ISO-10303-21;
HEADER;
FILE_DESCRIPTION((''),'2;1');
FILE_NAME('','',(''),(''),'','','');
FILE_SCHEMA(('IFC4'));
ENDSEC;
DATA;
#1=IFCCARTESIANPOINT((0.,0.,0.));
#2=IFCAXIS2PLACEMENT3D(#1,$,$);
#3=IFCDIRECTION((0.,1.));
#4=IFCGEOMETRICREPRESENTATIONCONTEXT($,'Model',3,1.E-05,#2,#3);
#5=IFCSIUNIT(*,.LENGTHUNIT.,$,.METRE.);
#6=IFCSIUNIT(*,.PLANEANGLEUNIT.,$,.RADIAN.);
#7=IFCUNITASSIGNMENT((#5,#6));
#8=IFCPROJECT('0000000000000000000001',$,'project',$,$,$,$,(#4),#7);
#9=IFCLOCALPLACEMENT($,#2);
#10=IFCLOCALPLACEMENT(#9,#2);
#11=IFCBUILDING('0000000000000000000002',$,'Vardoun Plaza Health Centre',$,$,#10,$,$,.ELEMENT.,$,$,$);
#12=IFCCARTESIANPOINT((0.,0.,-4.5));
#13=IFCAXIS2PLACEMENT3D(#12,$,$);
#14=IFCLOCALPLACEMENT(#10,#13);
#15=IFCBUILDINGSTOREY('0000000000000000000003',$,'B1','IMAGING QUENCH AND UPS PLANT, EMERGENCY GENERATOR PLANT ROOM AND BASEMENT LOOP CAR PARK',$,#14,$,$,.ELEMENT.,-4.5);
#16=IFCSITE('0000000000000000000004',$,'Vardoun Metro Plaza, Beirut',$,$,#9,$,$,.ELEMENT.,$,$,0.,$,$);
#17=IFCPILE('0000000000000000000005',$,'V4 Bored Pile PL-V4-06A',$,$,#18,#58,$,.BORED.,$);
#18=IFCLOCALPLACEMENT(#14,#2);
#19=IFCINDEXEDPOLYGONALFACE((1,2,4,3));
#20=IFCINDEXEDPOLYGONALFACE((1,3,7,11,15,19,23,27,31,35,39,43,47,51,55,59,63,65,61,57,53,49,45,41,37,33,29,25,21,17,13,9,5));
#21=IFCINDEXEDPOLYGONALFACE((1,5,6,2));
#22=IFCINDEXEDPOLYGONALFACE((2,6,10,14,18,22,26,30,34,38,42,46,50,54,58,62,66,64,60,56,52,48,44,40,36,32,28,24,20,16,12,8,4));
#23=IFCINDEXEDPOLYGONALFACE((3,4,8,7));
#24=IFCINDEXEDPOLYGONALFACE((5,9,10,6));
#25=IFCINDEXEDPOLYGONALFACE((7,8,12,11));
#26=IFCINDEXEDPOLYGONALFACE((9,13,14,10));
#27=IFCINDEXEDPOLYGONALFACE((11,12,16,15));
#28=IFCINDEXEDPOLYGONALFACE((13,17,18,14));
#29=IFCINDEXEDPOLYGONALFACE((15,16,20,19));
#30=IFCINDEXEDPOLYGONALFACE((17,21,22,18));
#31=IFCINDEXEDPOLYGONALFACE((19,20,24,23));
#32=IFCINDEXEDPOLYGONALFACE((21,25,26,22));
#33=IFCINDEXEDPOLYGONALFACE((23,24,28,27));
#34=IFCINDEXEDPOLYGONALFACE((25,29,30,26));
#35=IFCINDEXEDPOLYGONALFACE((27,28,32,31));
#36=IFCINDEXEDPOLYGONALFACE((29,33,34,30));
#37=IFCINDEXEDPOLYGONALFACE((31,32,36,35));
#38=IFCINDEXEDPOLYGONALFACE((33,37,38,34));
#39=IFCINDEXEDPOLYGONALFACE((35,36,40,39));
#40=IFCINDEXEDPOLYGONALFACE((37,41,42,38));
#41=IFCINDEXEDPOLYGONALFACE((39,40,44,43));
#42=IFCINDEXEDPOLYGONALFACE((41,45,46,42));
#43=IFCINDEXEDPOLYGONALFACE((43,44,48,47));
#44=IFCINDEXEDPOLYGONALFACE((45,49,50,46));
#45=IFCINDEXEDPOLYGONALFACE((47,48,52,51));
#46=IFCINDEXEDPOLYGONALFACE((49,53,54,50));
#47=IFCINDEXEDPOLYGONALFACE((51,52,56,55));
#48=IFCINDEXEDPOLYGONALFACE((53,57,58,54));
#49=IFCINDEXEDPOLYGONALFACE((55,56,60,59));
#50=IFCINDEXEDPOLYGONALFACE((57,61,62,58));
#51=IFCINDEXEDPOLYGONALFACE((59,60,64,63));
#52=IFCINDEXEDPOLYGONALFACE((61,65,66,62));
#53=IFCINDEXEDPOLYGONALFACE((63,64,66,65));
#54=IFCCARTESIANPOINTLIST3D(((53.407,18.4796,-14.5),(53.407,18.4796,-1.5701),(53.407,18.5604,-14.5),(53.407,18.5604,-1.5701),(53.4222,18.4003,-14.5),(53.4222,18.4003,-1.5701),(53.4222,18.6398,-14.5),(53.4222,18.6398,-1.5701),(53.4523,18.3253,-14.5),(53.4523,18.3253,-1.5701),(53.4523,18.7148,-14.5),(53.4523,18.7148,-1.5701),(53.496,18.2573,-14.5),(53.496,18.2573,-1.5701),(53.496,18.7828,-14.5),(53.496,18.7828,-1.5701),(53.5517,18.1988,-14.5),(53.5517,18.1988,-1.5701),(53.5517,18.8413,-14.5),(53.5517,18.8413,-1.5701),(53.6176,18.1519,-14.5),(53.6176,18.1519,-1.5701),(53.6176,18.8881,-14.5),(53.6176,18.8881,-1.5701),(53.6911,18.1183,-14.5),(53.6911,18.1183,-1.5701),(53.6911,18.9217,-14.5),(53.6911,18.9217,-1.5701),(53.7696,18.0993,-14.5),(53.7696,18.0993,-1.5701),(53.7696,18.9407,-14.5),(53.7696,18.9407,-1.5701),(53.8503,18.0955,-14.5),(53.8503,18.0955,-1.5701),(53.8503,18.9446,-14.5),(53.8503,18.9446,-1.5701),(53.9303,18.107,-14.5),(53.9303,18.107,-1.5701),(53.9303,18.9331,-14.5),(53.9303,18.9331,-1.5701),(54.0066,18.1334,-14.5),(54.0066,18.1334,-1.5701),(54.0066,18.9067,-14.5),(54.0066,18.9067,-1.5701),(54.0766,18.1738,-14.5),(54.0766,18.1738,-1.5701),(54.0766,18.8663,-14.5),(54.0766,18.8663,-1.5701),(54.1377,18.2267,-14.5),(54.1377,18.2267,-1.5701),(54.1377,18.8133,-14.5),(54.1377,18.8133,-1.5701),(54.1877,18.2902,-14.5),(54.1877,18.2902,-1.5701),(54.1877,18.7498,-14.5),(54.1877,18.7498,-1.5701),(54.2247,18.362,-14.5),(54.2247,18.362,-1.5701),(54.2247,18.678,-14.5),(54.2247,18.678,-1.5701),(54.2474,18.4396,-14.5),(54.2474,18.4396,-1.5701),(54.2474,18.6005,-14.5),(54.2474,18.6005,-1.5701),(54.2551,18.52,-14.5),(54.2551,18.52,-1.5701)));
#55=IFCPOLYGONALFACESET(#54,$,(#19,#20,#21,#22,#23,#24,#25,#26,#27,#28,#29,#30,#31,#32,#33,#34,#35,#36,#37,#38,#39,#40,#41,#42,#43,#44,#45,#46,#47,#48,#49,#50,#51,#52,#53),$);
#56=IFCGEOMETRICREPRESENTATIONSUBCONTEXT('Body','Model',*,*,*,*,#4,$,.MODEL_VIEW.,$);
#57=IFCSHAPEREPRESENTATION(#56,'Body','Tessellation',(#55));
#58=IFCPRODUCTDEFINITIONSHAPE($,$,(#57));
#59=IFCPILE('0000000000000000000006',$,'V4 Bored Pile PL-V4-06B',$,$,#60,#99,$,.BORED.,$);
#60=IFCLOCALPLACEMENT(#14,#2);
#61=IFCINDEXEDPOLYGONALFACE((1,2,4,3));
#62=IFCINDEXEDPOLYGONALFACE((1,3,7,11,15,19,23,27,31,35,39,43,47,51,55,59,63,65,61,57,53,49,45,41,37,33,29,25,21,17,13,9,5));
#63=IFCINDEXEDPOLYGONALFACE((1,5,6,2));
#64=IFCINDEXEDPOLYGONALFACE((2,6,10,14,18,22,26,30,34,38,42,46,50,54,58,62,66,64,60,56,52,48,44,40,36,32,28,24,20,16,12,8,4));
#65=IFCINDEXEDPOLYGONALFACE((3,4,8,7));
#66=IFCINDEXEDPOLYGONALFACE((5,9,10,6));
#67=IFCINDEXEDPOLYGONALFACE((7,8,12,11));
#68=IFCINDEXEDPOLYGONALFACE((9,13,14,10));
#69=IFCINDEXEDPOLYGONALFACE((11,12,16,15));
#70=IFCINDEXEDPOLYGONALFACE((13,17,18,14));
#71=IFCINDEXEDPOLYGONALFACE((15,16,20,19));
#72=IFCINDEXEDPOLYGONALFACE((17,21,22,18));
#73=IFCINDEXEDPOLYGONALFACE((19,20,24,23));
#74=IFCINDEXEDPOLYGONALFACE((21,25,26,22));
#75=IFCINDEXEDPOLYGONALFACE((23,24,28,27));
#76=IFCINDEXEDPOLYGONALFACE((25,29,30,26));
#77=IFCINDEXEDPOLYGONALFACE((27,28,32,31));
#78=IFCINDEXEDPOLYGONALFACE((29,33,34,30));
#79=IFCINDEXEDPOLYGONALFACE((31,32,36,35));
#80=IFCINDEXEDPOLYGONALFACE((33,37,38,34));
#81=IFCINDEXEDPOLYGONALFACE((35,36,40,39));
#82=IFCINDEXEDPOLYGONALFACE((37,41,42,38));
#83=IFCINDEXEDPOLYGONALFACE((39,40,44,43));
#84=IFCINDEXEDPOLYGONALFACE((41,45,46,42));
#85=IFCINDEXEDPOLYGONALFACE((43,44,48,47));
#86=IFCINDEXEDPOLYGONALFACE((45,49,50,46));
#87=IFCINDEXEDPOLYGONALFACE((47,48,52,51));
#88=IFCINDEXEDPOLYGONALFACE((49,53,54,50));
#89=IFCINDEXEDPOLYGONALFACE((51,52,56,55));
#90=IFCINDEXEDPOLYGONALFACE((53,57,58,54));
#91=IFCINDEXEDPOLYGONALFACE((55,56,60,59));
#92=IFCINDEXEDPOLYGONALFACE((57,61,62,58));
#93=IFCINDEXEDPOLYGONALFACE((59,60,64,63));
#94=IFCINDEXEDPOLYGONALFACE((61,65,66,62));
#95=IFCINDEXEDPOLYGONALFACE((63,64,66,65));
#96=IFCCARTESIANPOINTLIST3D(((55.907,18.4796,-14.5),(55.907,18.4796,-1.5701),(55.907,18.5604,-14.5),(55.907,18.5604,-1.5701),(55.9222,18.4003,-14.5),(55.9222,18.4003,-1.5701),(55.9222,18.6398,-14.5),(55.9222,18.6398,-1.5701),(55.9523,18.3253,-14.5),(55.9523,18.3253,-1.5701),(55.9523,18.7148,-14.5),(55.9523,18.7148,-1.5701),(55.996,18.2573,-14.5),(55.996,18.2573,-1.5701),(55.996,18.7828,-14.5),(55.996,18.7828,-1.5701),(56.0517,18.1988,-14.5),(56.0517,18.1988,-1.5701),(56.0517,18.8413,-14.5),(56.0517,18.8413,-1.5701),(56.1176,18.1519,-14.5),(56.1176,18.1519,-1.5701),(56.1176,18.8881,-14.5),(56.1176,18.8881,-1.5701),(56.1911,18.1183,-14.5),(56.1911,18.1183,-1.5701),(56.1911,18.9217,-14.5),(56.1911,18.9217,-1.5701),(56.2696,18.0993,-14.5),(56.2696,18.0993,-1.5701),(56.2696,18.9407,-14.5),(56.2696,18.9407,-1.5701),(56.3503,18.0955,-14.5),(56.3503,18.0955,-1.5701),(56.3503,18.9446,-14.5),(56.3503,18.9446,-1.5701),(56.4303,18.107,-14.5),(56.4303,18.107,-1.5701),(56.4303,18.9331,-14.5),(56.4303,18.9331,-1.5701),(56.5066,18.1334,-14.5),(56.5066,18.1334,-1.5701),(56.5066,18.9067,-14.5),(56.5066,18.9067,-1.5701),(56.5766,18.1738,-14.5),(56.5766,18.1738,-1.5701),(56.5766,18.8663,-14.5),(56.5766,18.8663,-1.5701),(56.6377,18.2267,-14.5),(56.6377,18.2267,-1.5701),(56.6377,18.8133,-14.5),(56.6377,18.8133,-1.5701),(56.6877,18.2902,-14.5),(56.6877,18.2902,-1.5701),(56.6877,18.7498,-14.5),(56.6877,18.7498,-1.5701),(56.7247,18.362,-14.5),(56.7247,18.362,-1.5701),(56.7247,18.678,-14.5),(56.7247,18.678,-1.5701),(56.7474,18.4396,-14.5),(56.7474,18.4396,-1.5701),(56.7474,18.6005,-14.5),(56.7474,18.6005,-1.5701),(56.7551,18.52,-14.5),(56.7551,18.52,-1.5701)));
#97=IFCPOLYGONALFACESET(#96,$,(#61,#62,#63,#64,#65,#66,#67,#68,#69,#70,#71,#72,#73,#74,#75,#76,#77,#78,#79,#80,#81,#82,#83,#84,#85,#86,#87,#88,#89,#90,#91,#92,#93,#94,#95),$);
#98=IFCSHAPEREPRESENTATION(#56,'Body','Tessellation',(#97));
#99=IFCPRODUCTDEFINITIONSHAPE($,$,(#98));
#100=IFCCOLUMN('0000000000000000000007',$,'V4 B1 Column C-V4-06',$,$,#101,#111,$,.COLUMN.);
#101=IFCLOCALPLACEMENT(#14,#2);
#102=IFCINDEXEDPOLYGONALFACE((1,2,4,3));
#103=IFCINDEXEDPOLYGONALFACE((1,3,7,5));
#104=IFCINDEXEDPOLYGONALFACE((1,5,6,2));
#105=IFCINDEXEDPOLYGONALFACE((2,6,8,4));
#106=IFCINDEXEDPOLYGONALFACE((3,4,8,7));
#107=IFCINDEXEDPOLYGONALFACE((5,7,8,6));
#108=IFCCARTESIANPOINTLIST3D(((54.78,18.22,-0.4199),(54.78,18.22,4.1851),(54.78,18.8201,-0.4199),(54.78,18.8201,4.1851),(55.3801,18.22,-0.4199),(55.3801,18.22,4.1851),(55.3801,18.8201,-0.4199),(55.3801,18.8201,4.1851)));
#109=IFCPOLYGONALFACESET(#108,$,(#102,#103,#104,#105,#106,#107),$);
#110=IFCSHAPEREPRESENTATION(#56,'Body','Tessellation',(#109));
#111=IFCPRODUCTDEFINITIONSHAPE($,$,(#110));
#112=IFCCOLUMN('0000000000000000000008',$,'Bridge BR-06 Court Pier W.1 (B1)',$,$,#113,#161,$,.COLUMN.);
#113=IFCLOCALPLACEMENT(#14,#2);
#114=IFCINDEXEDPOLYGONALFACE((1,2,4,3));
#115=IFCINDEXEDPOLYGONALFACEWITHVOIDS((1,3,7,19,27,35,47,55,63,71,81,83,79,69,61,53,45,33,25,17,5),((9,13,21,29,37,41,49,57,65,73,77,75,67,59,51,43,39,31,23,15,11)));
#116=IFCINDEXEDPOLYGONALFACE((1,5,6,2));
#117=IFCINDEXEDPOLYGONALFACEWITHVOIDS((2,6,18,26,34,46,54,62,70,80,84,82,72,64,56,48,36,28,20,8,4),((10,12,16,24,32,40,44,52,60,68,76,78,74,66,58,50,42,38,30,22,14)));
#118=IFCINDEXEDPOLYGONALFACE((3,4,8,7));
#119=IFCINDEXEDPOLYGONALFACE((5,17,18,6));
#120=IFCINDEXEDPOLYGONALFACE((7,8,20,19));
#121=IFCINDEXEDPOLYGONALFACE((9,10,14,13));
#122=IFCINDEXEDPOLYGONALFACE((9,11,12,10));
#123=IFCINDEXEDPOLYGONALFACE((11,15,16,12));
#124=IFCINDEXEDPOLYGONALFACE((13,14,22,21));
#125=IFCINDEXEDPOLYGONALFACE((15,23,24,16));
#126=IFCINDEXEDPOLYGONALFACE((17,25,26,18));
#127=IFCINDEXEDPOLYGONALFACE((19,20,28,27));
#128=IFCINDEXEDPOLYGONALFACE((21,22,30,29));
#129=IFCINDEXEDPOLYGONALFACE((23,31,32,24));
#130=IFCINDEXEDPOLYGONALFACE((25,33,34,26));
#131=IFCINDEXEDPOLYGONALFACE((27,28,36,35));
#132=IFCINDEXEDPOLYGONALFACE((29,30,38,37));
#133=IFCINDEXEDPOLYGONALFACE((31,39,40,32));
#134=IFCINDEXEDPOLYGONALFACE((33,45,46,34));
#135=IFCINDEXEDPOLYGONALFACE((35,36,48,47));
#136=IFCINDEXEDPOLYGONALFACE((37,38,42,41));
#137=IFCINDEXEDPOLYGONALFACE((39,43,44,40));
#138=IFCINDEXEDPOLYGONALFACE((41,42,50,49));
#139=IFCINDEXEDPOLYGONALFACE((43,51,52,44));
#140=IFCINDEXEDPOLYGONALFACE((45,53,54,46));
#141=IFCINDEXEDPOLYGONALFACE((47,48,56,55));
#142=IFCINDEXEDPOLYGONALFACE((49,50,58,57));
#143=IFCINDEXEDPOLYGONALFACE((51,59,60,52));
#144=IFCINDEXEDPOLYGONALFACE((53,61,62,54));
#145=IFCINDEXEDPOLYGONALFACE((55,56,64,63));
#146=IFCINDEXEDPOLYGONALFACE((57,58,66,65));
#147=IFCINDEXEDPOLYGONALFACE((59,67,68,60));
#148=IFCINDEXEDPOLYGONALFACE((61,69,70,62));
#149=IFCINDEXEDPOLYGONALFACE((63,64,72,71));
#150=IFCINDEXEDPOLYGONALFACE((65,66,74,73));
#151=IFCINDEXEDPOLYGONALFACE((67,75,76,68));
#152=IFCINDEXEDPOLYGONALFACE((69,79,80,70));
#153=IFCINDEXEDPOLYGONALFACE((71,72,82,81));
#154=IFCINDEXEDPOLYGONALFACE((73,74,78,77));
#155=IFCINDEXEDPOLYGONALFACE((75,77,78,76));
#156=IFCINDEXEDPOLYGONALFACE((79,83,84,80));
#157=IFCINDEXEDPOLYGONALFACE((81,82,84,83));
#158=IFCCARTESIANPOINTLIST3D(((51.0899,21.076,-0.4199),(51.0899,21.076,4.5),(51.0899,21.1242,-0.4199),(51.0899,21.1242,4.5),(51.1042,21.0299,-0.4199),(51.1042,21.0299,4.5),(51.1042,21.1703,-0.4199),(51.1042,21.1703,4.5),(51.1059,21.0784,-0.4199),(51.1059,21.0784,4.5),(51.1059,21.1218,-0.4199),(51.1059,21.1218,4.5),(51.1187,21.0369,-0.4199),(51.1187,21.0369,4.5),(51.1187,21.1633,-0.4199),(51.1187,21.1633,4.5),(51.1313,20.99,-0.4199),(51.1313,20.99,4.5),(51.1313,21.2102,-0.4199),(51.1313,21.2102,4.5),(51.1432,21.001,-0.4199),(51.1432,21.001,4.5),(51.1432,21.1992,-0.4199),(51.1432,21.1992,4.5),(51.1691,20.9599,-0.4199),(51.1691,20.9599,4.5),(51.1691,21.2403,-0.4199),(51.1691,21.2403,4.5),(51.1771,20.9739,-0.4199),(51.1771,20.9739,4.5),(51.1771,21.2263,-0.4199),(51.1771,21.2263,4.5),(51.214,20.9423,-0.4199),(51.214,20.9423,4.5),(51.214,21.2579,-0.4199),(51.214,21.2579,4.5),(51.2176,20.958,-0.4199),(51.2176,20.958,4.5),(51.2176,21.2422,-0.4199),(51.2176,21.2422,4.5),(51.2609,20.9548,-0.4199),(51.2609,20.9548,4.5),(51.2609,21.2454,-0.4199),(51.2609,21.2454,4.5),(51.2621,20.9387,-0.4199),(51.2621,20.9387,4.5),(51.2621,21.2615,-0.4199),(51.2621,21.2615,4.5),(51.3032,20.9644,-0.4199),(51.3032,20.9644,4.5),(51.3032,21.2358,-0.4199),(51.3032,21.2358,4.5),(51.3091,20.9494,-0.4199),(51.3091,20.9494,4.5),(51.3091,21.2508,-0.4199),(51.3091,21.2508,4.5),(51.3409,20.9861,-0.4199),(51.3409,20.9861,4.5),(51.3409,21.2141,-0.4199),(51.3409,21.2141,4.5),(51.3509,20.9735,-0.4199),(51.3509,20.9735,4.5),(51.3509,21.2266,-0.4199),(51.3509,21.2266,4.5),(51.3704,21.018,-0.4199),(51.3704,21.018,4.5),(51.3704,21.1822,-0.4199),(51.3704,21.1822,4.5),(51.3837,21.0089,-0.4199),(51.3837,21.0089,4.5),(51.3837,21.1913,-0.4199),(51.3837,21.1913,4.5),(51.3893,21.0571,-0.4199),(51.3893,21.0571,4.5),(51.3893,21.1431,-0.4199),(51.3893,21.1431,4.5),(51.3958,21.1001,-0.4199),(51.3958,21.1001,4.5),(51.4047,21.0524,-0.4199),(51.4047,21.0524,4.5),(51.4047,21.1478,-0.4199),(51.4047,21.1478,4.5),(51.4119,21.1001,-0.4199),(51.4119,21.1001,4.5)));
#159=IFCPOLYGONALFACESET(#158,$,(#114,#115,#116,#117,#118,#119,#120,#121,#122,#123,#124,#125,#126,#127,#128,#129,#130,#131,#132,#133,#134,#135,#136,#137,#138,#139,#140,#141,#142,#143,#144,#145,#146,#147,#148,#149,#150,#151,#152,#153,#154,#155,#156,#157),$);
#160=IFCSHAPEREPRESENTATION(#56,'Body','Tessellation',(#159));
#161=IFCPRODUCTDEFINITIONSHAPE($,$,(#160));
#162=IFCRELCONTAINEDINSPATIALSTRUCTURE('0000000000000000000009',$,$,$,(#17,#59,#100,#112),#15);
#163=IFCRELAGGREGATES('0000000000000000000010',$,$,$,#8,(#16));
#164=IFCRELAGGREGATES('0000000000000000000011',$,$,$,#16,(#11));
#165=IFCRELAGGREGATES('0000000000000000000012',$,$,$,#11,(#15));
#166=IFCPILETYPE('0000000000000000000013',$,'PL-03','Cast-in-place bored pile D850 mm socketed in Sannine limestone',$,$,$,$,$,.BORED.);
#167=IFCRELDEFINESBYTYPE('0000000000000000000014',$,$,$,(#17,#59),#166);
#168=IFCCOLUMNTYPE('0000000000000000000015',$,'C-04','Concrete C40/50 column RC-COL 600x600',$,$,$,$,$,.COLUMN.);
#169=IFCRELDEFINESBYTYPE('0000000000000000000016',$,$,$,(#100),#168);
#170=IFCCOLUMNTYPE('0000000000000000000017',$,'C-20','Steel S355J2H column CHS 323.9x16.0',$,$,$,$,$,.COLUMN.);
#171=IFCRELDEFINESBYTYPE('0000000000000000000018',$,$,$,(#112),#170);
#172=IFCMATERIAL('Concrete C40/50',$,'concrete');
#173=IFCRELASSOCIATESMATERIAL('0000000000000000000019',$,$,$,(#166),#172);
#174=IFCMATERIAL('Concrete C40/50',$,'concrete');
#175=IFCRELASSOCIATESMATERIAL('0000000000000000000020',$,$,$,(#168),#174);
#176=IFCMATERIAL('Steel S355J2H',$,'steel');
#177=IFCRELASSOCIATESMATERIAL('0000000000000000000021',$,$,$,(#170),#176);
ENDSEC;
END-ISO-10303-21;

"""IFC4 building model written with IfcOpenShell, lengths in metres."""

from ifc_helpers import new_model, si_unit, direction, frame, origin, origin_2d, place, context, subcontext, project, spatial, rectangle, circle, hollow_circle, extrude, material, material_profile, profile_set, type_object, element, save


model = new_model("IFC4")

# Units and contexts
model_context = context("Model", 3, precision=1e-05, world=origin(), true_north=direction((0.0, 1.0)))
body_context = subcontext(model_context, "Body", "Model", "MODEL_VIEW")
ifc_project = project(units=[si_unit("LENGTHUNIT", "METRE"), si_unit("PLANEANGLEUNIT", "RADIAN")], contexts=[model_context])

# Site, building, storey
site_placement = place(None, origin())
site = spatial("IfcSite", under=ifc_project, at=site_placement, Name="Vardoun Metro Plaza, Beirut", CompositionType="ELEMENT", RefElevation=0.0)
building_placement = place(site_placement, origin())
building = spatial("IfcBuilding", under=site, at=building_placement, Name="Vardoun Plaza Health Centre", CompositionType="ELEMENT")
storey_placement = place(building_placement, frame((0.0, 0.0, -4.5)))
storey = spatial("IfcBuildingStorey", under=building, at=storey_placement, Name="B1", Description="IMAGING QUENCH AND UPS PLANT, EMERGENCY GENERATOR PLANT ROOM AND BASEMENT LOOP CAR PARK", CompositionType="ELEMENT", Elevation=-4.5)

# Piles
ifc_material_1 = material(Name="Concrete C40/50", Category="concrete")
ifc_material_profile_1 = material_profile(ifc_material_1, circle(Radius=0.425, at=origin_2d()), Name="PILE D850")
ifc_profile_set_1 = profile_set([ifc_material_profile_1], Name="Concrete C40/50")
pile_type_1 = type_object("IfcPileType", Name="PL-03", Description="Cast-in-place bored pile D850 mm socketed in Sannine limestone", PredefinedType="BORED", material=ifc_profile_set_1)
for number, where, z_axis, x_axis, name in (
    (1, (53.8301, 18.52, -1.5701), (0.0, 0.0, -1.0), (1.0, 0.0, 0.0), "V4 Bored Pile PL-V4-06A"),
    (2, (56.3301, 18.52, -1.5701), (0.0, 0.0, -1.0), (1.0, 0.0, 0.0), "V4 Bored Pile PL-V4-06B"),
):
    element("IfcPile", number, at=place(storey_placement, frame(where, z_axis=z_axis, x_axis=x_axis)), inside=storey, type_object=pile_type_1, Name=name, PredefinedType="BORED", context=body_context, shape_type="SweptSolid", body=[
        extrude(circle(Radius=0.425, at=origin_2d()), origin(), (0.0, 0.0, 1.0), 12.9299),
    ])

# Columns
ifc_material_2 = material(Name="Concrete C40/50", Category="concrete")
ifc_material_profile_2 = material_profile(ifc_material_2, rectangle(XDim=0.6001, YDim=0.6001, at=origin_2d()), Name="RC-COL 600x600")
ifc_profile_set_2 = profile_set([ifc_material_profile_2], Name="Concrete C40/50")
column_type_1 = type_object("IfcColumnType", Name="C-04", Description="Concrete C40/50 column RC-COL 600x600", PredefinedType="COLUMN", material=ifc_profile_set_2)
column_placement = place(storey_placement, frame((55.0801, 18.52, -0.4199), z_axis=(0.0, 0.0, 1.0), x_axis=(1.0, 0.0, 0.0)))
element("IfcColumn", 3, at=column_placement, inside=storey, type_object=column_type_1, Name="V4 B1 Column C-V4-06", PredefinedType="COLUMN", context=body_context, shape_type="SweptSolid", body=[
    extrude(rectangle(XDim=0.6001, YDim=0.6001, at=origin_2d()), origin(), (0.0, 0.0, 1.0), 4.605),
])
ifc_material_3 = material(Name="Steel S355J2H", Category="steel")
ifc_material_profile_3 = material_profile(ifc_material_3, hollow_circle(Radius=0.1619, WallThickness=0.0161, at=origin_2d()), Name="CHS 323.9x16.0")
ifc_profile_set_3 = profile_set([ifc_material_profile_3], Name="Steel S355J2H")
column_type_2 = type_object("IfcColumnType", Name="C-20", Description="Steel S355J2H column CHS 323.9x16.0", PredefinedType="COLUMN", material=ifc_profile_set_3)
for number, where, z_axis, x_axis, name in (
    (4, (51.25, 21.1001, -0.4199), (0.0, 0.0, 1.0), (1.0, 0.0, 0.0), "Bridge BR-06 Court Pier W.1 (B1)"),
):
    element("IfcColumn", number, at=place(storey_placement, frame(where, z_axis=z_axis, x_axis=x_axis)), inside=storey, type_object=column_type_2, Name=name, PredefinedType="COLUMN", context=body_context, shape_type="SweptSolid", body=[
        extrude(hollow_circle(Radius=0.1619, WallThickness=0.0161, at=origin_2d()), origin(), (0.0, 0.0, 1.0), 4.9199),
    ])

save(model, "model.ifc")
